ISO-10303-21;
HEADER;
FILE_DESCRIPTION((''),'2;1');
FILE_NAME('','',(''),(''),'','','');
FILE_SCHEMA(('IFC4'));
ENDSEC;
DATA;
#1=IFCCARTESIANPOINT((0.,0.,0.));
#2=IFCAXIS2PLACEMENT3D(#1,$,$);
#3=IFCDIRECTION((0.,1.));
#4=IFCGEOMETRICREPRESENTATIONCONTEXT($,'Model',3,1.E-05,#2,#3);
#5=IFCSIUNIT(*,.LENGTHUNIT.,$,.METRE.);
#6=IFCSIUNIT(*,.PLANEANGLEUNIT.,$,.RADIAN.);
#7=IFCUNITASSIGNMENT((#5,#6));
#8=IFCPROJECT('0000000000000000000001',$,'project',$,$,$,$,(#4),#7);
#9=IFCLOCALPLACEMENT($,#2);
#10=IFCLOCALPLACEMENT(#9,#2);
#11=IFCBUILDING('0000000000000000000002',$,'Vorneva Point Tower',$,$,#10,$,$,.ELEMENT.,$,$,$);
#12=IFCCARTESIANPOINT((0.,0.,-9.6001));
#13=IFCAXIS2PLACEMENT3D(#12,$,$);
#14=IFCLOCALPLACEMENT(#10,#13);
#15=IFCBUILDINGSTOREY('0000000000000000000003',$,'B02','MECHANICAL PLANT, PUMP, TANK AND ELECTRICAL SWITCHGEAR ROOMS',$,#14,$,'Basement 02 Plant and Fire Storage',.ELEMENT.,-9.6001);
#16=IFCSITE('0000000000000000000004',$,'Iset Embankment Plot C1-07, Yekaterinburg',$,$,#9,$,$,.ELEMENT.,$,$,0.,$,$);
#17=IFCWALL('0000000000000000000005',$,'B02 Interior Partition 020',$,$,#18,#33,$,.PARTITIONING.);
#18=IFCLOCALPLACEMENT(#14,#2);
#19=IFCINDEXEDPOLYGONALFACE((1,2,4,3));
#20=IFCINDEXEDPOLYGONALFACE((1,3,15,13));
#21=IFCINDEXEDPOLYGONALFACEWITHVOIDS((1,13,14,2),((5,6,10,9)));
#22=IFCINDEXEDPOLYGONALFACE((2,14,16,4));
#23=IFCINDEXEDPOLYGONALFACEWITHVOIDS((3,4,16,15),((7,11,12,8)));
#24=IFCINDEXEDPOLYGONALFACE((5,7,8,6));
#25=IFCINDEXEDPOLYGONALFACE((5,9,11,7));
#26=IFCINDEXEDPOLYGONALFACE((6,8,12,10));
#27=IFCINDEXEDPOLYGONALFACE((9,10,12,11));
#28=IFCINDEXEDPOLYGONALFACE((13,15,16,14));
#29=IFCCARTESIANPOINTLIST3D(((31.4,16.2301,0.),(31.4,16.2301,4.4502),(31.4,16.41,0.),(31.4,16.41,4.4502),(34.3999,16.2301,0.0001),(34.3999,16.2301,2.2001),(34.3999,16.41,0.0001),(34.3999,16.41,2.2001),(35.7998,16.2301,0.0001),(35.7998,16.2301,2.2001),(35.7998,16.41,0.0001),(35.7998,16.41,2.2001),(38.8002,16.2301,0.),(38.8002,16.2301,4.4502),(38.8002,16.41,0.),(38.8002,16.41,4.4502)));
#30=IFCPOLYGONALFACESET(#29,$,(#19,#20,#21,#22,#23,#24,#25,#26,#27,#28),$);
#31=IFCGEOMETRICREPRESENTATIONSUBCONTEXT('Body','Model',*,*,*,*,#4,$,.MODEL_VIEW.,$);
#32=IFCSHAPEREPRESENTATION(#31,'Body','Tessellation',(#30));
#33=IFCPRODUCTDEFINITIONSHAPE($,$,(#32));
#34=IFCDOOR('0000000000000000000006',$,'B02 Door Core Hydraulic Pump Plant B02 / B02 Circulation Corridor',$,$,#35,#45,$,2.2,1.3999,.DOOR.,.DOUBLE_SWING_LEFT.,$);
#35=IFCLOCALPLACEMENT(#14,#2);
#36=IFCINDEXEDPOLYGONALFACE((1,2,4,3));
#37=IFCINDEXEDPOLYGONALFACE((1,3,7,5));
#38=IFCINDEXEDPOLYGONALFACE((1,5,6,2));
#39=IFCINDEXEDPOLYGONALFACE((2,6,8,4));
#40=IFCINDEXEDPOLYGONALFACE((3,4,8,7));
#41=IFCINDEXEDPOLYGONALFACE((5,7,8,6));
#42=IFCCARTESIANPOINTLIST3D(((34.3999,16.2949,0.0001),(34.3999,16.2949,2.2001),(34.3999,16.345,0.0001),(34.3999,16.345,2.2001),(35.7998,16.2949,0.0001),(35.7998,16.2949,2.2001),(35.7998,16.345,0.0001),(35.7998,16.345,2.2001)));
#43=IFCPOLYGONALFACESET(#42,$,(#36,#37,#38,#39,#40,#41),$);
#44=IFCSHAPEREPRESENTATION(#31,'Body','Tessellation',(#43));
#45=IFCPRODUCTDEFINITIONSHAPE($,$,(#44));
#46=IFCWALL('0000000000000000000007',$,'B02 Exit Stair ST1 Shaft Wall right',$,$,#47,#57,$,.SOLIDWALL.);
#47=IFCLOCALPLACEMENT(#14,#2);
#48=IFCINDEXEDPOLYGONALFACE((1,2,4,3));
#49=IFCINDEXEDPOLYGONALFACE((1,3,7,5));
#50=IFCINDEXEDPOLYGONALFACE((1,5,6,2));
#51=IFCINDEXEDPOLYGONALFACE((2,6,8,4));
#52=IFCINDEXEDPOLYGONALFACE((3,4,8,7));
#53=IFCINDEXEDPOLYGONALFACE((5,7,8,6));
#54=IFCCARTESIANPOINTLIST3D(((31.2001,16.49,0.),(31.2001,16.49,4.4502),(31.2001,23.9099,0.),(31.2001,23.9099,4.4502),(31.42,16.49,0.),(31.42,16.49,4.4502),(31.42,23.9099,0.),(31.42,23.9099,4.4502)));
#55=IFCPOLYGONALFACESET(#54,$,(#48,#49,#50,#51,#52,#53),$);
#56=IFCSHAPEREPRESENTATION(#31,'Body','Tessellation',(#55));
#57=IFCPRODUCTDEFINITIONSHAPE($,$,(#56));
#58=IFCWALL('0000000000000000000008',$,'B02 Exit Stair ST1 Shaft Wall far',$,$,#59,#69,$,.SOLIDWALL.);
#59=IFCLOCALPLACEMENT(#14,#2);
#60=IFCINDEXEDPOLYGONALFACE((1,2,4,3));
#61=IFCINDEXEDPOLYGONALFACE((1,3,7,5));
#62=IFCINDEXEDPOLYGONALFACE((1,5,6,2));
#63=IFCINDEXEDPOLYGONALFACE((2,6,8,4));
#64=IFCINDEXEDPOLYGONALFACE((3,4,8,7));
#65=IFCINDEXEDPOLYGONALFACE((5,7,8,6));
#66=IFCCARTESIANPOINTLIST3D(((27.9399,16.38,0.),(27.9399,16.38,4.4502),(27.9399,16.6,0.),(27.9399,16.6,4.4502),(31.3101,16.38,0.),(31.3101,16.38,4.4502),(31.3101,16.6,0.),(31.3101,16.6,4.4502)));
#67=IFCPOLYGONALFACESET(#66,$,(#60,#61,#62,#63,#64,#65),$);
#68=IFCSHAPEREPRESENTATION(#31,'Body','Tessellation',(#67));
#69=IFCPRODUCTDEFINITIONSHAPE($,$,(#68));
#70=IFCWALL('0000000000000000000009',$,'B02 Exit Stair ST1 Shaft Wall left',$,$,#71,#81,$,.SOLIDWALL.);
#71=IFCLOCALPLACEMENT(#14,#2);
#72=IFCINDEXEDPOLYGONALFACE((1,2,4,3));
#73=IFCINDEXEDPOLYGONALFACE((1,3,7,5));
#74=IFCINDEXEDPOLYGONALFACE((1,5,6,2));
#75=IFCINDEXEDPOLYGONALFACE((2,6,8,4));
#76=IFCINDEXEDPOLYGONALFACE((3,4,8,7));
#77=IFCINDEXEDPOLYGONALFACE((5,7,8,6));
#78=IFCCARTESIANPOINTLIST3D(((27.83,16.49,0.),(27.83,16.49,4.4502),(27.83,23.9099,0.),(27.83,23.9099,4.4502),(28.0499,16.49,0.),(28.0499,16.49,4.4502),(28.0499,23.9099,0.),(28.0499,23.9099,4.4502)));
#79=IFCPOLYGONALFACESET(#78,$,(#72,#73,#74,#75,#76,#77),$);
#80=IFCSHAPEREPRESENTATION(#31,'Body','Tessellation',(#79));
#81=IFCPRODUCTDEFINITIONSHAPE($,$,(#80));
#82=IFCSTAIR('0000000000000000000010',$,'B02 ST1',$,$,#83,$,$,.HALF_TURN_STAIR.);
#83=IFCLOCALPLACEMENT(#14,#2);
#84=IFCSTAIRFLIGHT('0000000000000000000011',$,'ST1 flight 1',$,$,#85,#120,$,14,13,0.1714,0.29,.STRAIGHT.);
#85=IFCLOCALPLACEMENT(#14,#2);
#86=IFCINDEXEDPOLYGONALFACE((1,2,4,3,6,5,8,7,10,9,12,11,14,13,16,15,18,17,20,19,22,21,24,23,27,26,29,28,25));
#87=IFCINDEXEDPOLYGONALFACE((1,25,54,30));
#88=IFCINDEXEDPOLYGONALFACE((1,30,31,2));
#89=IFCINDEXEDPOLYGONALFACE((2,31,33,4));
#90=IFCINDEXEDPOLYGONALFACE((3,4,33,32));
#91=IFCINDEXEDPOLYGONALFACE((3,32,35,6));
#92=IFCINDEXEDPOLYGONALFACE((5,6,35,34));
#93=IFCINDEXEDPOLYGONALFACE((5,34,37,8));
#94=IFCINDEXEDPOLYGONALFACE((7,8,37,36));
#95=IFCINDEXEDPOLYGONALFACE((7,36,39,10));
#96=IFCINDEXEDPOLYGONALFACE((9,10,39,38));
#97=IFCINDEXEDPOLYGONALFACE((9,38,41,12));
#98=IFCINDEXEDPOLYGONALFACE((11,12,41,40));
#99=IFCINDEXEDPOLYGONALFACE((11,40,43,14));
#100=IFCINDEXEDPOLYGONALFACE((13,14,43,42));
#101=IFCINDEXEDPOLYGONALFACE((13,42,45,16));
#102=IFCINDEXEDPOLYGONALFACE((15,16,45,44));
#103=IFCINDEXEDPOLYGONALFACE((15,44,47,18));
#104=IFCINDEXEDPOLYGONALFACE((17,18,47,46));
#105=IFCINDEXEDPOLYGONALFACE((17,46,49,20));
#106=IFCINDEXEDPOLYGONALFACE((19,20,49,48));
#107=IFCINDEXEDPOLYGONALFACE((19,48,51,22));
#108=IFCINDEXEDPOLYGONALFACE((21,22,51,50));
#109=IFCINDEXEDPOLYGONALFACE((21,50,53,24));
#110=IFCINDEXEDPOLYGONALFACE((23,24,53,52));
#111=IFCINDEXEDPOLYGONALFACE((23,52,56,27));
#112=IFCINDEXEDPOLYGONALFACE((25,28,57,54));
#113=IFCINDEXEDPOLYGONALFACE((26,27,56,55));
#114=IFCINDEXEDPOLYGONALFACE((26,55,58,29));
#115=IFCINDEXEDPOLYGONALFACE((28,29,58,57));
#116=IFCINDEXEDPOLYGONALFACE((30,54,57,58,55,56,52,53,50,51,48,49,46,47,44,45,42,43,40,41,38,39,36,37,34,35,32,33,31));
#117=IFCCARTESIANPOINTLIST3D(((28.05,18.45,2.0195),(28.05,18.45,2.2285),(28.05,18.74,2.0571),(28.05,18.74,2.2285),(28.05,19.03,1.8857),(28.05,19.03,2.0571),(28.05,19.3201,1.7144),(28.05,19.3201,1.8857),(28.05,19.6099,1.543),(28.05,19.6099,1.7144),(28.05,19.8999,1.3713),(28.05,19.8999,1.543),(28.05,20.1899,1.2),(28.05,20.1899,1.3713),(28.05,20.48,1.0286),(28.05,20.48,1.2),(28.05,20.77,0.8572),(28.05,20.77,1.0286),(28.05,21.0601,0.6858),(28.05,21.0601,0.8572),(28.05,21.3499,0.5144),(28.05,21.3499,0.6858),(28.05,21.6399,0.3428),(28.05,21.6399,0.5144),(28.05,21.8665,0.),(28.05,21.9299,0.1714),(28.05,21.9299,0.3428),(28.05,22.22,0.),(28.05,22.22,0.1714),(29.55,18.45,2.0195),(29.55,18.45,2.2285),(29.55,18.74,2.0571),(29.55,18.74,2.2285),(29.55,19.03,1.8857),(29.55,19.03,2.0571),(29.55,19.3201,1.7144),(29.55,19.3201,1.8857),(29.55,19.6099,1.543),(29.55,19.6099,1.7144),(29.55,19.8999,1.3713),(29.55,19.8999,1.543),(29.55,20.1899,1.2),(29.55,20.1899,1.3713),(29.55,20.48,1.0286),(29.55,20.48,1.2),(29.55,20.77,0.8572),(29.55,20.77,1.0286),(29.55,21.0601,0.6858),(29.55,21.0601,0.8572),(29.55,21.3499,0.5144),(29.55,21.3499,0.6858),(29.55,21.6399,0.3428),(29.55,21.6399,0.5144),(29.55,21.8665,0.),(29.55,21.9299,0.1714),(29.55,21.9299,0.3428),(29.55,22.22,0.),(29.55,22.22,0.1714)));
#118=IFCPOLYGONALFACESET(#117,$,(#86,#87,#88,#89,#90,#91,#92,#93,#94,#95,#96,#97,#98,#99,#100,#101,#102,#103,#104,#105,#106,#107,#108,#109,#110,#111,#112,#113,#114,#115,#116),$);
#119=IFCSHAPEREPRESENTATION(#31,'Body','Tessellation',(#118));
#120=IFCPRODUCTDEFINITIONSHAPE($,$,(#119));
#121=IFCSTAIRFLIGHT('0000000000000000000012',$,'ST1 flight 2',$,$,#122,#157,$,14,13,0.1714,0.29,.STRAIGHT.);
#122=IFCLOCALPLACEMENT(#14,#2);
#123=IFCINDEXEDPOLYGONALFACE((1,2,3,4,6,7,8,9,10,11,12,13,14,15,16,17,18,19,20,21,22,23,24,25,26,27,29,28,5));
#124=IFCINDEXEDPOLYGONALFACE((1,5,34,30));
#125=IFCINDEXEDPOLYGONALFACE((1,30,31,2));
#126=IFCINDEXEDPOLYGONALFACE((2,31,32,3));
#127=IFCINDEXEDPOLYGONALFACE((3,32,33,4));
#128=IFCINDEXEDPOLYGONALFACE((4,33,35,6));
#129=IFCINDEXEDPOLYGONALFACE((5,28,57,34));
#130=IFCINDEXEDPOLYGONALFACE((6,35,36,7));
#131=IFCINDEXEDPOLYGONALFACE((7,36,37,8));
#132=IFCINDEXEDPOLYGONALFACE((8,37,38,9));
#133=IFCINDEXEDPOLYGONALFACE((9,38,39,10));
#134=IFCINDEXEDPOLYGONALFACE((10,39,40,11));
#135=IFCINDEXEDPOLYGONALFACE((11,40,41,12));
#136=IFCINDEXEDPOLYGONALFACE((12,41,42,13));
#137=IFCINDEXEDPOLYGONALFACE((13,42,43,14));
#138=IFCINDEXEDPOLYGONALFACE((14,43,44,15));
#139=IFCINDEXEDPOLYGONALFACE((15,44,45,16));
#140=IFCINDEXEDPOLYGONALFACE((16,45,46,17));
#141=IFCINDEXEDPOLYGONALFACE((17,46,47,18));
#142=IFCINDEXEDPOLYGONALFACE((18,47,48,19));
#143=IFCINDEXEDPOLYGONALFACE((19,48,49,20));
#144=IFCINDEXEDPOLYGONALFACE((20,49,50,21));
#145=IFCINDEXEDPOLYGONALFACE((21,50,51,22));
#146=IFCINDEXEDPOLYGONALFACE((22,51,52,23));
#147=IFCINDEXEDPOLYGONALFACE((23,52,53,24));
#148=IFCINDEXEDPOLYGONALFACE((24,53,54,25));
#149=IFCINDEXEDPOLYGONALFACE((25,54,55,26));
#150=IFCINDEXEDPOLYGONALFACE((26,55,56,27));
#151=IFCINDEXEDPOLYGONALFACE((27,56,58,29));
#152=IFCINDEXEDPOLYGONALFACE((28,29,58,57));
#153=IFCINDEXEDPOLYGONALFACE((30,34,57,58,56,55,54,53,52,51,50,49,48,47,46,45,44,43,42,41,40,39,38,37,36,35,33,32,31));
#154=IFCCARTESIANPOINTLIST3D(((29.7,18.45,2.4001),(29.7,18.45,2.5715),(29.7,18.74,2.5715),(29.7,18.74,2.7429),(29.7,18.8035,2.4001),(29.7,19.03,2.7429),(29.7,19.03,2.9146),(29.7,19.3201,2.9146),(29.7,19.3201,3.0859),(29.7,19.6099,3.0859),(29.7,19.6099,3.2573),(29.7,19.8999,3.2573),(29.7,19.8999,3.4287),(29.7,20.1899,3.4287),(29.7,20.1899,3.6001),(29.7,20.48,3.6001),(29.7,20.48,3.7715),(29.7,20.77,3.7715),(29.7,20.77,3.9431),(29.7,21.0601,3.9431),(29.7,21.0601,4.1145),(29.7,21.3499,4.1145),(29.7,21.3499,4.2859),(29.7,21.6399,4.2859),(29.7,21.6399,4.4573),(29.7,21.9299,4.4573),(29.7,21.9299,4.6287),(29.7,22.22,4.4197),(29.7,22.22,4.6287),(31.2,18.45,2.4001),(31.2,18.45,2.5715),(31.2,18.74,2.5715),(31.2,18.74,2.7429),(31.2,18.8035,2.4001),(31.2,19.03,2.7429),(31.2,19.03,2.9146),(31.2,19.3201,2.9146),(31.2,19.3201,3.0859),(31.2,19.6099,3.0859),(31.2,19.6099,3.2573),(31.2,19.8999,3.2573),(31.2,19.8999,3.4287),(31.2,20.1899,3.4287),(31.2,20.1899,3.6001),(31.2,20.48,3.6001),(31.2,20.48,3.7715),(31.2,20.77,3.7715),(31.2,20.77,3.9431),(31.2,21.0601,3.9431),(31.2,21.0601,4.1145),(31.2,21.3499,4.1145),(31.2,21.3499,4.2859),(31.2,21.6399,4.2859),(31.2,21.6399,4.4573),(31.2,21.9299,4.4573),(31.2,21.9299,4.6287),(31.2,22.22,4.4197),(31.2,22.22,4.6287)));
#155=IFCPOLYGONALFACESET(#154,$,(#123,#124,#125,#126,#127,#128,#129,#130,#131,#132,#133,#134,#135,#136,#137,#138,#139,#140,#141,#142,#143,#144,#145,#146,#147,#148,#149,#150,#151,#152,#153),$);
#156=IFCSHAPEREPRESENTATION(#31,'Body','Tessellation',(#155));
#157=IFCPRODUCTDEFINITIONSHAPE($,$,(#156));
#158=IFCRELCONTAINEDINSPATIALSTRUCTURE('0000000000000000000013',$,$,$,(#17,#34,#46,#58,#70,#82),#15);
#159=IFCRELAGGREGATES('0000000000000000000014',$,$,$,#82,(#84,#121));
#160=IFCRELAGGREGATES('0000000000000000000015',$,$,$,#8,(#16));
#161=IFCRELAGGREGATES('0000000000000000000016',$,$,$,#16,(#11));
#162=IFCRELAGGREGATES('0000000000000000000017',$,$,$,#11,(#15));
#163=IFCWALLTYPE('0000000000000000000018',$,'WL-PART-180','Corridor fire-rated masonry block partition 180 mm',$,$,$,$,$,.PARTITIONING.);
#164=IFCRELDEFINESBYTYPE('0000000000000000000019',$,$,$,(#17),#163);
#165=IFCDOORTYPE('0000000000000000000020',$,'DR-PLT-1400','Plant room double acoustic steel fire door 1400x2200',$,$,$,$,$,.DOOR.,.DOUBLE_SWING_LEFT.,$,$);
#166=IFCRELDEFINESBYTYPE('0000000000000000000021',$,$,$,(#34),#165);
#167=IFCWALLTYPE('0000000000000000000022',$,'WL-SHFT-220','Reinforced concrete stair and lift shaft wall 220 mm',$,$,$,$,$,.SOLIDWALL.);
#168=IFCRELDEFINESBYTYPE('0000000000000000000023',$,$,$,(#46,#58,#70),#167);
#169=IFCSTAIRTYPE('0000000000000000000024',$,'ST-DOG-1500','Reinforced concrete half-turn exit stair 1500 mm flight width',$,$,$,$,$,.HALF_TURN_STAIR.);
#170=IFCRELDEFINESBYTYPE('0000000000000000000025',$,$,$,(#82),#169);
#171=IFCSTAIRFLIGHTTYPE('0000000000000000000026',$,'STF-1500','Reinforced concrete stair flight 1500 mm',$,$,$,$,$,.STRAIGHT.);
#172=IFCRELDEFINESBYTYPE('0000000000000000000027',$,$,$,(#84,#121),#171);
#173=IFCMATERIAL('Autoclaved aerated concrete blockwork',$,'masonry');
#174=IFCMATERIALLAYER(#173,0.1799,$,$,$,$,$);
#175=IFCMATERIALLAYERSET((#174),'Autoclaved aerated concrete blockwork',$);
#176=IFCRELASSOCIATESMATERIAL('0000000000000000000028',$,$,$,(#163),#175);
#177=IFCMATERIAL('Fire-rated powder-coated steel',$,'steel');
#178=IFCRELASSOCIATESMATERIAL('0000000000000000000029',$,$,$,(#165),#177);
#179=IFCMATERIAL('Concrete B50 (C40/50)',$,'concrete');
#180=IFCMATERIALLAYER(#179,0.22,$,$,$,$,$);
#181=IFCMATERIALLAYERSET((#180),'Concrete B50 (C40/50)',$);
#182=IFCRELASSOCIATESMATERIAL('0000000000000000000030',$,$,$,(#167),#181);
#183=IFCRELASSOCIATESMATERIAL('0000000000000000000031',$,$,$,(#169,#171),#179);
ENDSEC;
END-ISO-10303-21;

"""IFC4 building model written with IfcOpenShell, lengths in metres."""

from ifc_helpers import new_model, si_unit, direction, frame, frame_2d, origin, place, context, subcontext, project, spatial, polyline, rectangle, outline, extrude, material, layer, layer_set, type_object, element, fill, aggregate, save


model = new_model("IFC4")

# Units and contexts
model_context = context("Model", 3, precision=1e-05, world=origin(), true_north=direction((0.0, 1.0)))
body_context = subcontext(model_context, "Body", "Model", "MODEL_VIEW")
ifc_project = project(units=[si_unit("LENGTHUNIT", "METRE"), si_unit("PLANEANGLEUNIT", "RADIAN")], contexts=[model_context])

# Site, building, storey
site_placement = place(None, origin())
site = spatial("IfcSite", under=ifc_project, at=site_placement, Name="Iset Embankment Plot C1-07, Yekaterinburg", CompositionType="ELEMENT", RefElevation=0.0)
building_placement = place(site_placement, origin())
building = spatial("IfcBuilding", under=site, at=building_placement, Name="Vorneva Point Tower", CompositionType="ELEMENT")
storey_placement = place(building_placement, frame((0.0, 0.0, -9.6001)))
storey = spatial("IfcBuildingStorey", under=building, at=storey_placement, Name="B02", Description="MECHANICAL PLANT, PUMP, TANK AND ELECTRICAL SWITCHGEAR ROOMS", LongName="Basement 02 Plant and Fire Storage", CompositionType="ELEMENT", Elevation=-9.6001)

# Shared definitions
ifc_material_1 = material(Name="Concrete B50 (C40/50)", Category="concrete")

# Wall, opening, door
ifc_material_2 = material(Name="Autoclaved aerated concrete blockwork", Category="masonry")
ifc_layer_1 = layer(ifc_material_2, 0.1799)
ifc_layer_set_1 = layer_set([ifc_layer_1], Name="Autoclaved aerated concrete blockwork")
wall_type_1 = type_object("IfcWallType", Name="WL-PART-180", Description="Corridor fire-rated masonry block partition 180 mm", PredefinedType="PARTITIONING", material=ifc_layer_set_1)
wall_1_placement = place(storey_placement, frame((31.3999, 16.3201, 0.0), z_axis=(0.0, 0.0, 1.0), x_axis=(1.0, 0.0, 0.0)))
wall_1 = element("IfcWall", 1, at=wall_1_placement, inside=storey, type_object=wall_type_1, Name="B02 Interior Partition 020", PredefinedType="PARTITIONING", context=body_context, shape_type="SweptSolid", body=[
    extrude(rectangle(XDim=7.4001, YDim=0.1799, at=frame_2d((3.7002, 0.0))), origin(), (0.0, 0.0, 1.0), 4.4502),
])
opening_1_placement = place(wall_1_placement, frame((3.0, 0.0, 0.0)))
opening_1 = element("IfcOpeningElement", 2, at=opening_1_placement, cuts=wall_1, PredefinedType="OPENING", context=body_context, shape_type="SweptSolid", body=[
    extrude(rectangle(XDim=1.3999, YDim=2.2, at=frame_2d((0.7, 1.1001))), frame((0.0, 0.105, 0.0), z_axis=(0.0, -1.0, 0.0), x_axis=(1.0, 0.0, 0.0)), (0.0, 0.0, 1.0), 0.2097),
])
ifc_material_3 = material(Name="Fire-rated powder-coated steel", Category="steel")
door_type_1 = type_object("IfcDoorType", Name="DR-PLT-1400", Description="Plant room double acoustic steel fire door 1400x2200", OperationType="DOUBLE_SWING_LEFT", PredefinedType="DOOR", material=ifc_material_3)
door_1_placement = place(opening_1_placement, origin())
door_1 = element("IfcDoor", 3, at=door_1_placement, inside=storey, type_object=door_type_1, Name="B02 Door Core Hydraulic Pump Plant B02 / B02 Circulation Corridor", OperationType="DOUBLE_SWING_LEFT", OverallHeight=2.2, OverallWidth=1.3999, PredefinedType="DOOR", context=body_context, shape_type="SweptSolid", body=[
    extrude(rectangle(XDim=1.3999, YDim=2.2, at=frame_2d((0.7, 1.1001))), frame((0.0, 0.0249, 0.0), z_axis=(0.0, -1.0, 0.0), x_axis=(1.0, 0.0, 0.0)), (0.0, 0.0, 1.0), 0.05),
])
fill(opening_1, door_1)
ifc_layer_2 = layer(ifc_material_1, 0.22)
ifc_layer_set_2 = layer_set([ifc_layer_2], Name="Concrete B50 (C40/50)")
wall_type_2 = type_object("IfcWallType", Name="WL-SHFT-220", Description="Reinforced concrete stair and lift shaft wall 220 mm", PredefinedType="SOLIDWALL", material=ifc_layer_set_2)

# Walls
wall_2_placement = place(storey_placement, frame((31.3101, 23.9099, 0.0), z_axis=(0.0, 0.0, 1.0), x_axis=(0.0, -1.0, 0.0)))
element("IfcWall", 4, at=wall_2_placement, inside=storey, type_object=wall_type_2, Name="B02 Exit Stair ST1 Shaft Wall right", PredefinedType="SOLIDWALL", context=body_context, shape_type="SweptSolid", body=[
    extrude(rectangle(XDim=7.4199, YDim=0.22, at=frame_2d((3.71, 0.0))), origin(), (0.0, 0.0, 1.0), 4.4502),
])
wall_3_placement = place(storey_placement, frame((31.3101, 16.49, 0.0), z_axis=(0.0, 0.0, 1.0), x_axis=(-1.0, 0.0, 0.0)))
element("IfcWall", 5, at=wall_3_placement, inside=storey, type_object=wall_type_2, Name="B02 Exit Stair ST1 Shaft Wall far", PredefinedType="SOLIDWALL", context=body_context, shape_type="SweptSolid", body=[
    extrude(rectangle(XDim=3.3701, YDim=0.22, at=frame_2d((1.6851, 0.0))), origin(), (0.0, 0.0, 1.0), 4.4502),
])
wall_4_placement = place(storey_placement, frame((27.9399, 16.49, 0.0), z_axis=(0.0, 0.0, 1.0), x_axis=(0.0, 1.0, 0.0)))
element("IfcWall", 6, at=wall_4_placement, inside=storey, type_object=wall_type_2, Name="B02 Exit Stair ST1 Shaft Wall left", PredefinedType="SOLIDWALL", context=body_context, shape_type="SweptSolid", body=[
    extrude(rectangle(XDim=7.4199, YDim=0.22, at=frame_2d((3.71, 0.0))), origin(), (0.0, 0.0, 1.0), 4.4502),
])

# Stair, stair flights
stair_type = type_object("IfcStairType", Name="ST-DOG-1500", Description="Reinforced concrete half-turn exit stair 1500 mm flight width", PredefinedType="HALF_TURN_STAIR", material=ifc_material_1)
stair_placement = place(storey_placement, origin())
stair = element("IfcStair", 7, at=stair_placement, inside=storey, type_object=stair_type, Name="B02 ST1", PredefinedType="HALF_TURN_STAIR")
stair_flight_type = type_object("IfcStairFlightType", Name="STF-1500", Description="Reinforced concrete stair flight 1500 mm", PredefinedType="STRAIGHT", material=ifc_material_1)
stair_flight_1_placement = place(storey_placement, frame((28.8, 22.22, 0.0), z_axis=(0.0, 0.0, 1.0), x_axis=(0.0, -1.0, 0.0)))
stair_flight_1 = element("IfcStairFlight", 8, at=stair_flight_1_placement, type_object=stair_flight_type, Name="ST1 flight 1", NumberOfRisers=14, NumberOfTreads=13, PredefinedType="STRAIGHT", RiserHeight=0.1714, TreadLength=0.29, context=body_context, shape_type="SweptSolid", body=[
    extrude(outline(polyline([(0.0, 0.0), (0.0, 0.1714), (0.29, 0.1714), (0.29, 0.3428), (0.5801, 0.3428), (0.5801, 0.5144), (0.8701, 0.5144), (0.8701, 0.6858), (1.1599, 0.6858), (1.1599, 0.8572), (1.45, 0.8572), (1.45, 1.0286), (1.74, 1.0286), (1.74, 1.2), (2.03, 1.2), (2.03, 1.3713), (2.3201, 1.3713), (2.3201, 1.543), (2.6101, 1.543), (2.6101, 1.7144), (2.8999, 1.7144), (2.8999, 1.8857), (3.1899, 1.8857), (3.1899, 2.0571), (3.48, 2.0571), (3.48, 2.2285), (3.77, 2.2285), (3.77, 2.3999), (3.77, 2.0195), (0.3535, 0.0), (0.0, 0.0)])), frame((0.0, 0.75, 0.0), z_axis=(0.0, -1.0, 0.0), x_axis=(1.0, 0.0, 0.0)), (0.0, 0.0, 1.0), 1.5),
])
stair_flight_2_placement = place(storey_placement, frame((30.45, 18.45, 2.4001), z_axis=(0.0, 0.0, 1.0), x_axis=(0.0, 1.0, 0.0)))
stair_flight_2 = element("IfcStairFlight", 9, at=stair_flight_2_placement, type_object=stair_flight_type, Name="ST1 flight 2", NumberOfRisers=14, NumberOfTreads=13, PredefinedType="STRAIGHT", RiserHeight=0.1714, TreadLength=0.29, context=body_context, shape_type="SweptSolid", body=[
    extrude(outline(polyline([(0.0, 0.0), (0.0, 0.1714), (0.29, 0.1714), (0.29, 0.3428), (0.5801, 0.3428), (0.5801, 0.5144), (0.8701, 0.5144), (0.8701, 0.6858), (1.1599, 0.6858), (1.1599, 0.8572), (1.45, 0.8572), (1.45, 1.0286), (1.74, 1.0286), (1.74, 1.2), (2.03, 1.2), (2.03, 1.3713), (2.3201, 1.3713), (2.3201, 1.543), (2.6101, 1.543), (2.6101, 1.7144), (2.8999, 1.7144), (2.8999, 1.8857), (3.1899, 1.8857), (3.1899, 2.0571), (3.48, 2.0571), (3.48, 2.2285), (3.77, 2.2285), (3.77, 2.3999), (3.77, 2.0195), (0.3535, 0.0), (0.0, 0.0)])), frame((0.0, 0.75, 0.0), z_axis=(0.0, -1.0, 0.0), x_axis=(1.0, 0.0, 0.0)), (0.0, 0.0, 1.0), 1.5),
])
aggregate(stair, [stair_flight_1, stair_flight_2])

save(model, "model.ifc")
